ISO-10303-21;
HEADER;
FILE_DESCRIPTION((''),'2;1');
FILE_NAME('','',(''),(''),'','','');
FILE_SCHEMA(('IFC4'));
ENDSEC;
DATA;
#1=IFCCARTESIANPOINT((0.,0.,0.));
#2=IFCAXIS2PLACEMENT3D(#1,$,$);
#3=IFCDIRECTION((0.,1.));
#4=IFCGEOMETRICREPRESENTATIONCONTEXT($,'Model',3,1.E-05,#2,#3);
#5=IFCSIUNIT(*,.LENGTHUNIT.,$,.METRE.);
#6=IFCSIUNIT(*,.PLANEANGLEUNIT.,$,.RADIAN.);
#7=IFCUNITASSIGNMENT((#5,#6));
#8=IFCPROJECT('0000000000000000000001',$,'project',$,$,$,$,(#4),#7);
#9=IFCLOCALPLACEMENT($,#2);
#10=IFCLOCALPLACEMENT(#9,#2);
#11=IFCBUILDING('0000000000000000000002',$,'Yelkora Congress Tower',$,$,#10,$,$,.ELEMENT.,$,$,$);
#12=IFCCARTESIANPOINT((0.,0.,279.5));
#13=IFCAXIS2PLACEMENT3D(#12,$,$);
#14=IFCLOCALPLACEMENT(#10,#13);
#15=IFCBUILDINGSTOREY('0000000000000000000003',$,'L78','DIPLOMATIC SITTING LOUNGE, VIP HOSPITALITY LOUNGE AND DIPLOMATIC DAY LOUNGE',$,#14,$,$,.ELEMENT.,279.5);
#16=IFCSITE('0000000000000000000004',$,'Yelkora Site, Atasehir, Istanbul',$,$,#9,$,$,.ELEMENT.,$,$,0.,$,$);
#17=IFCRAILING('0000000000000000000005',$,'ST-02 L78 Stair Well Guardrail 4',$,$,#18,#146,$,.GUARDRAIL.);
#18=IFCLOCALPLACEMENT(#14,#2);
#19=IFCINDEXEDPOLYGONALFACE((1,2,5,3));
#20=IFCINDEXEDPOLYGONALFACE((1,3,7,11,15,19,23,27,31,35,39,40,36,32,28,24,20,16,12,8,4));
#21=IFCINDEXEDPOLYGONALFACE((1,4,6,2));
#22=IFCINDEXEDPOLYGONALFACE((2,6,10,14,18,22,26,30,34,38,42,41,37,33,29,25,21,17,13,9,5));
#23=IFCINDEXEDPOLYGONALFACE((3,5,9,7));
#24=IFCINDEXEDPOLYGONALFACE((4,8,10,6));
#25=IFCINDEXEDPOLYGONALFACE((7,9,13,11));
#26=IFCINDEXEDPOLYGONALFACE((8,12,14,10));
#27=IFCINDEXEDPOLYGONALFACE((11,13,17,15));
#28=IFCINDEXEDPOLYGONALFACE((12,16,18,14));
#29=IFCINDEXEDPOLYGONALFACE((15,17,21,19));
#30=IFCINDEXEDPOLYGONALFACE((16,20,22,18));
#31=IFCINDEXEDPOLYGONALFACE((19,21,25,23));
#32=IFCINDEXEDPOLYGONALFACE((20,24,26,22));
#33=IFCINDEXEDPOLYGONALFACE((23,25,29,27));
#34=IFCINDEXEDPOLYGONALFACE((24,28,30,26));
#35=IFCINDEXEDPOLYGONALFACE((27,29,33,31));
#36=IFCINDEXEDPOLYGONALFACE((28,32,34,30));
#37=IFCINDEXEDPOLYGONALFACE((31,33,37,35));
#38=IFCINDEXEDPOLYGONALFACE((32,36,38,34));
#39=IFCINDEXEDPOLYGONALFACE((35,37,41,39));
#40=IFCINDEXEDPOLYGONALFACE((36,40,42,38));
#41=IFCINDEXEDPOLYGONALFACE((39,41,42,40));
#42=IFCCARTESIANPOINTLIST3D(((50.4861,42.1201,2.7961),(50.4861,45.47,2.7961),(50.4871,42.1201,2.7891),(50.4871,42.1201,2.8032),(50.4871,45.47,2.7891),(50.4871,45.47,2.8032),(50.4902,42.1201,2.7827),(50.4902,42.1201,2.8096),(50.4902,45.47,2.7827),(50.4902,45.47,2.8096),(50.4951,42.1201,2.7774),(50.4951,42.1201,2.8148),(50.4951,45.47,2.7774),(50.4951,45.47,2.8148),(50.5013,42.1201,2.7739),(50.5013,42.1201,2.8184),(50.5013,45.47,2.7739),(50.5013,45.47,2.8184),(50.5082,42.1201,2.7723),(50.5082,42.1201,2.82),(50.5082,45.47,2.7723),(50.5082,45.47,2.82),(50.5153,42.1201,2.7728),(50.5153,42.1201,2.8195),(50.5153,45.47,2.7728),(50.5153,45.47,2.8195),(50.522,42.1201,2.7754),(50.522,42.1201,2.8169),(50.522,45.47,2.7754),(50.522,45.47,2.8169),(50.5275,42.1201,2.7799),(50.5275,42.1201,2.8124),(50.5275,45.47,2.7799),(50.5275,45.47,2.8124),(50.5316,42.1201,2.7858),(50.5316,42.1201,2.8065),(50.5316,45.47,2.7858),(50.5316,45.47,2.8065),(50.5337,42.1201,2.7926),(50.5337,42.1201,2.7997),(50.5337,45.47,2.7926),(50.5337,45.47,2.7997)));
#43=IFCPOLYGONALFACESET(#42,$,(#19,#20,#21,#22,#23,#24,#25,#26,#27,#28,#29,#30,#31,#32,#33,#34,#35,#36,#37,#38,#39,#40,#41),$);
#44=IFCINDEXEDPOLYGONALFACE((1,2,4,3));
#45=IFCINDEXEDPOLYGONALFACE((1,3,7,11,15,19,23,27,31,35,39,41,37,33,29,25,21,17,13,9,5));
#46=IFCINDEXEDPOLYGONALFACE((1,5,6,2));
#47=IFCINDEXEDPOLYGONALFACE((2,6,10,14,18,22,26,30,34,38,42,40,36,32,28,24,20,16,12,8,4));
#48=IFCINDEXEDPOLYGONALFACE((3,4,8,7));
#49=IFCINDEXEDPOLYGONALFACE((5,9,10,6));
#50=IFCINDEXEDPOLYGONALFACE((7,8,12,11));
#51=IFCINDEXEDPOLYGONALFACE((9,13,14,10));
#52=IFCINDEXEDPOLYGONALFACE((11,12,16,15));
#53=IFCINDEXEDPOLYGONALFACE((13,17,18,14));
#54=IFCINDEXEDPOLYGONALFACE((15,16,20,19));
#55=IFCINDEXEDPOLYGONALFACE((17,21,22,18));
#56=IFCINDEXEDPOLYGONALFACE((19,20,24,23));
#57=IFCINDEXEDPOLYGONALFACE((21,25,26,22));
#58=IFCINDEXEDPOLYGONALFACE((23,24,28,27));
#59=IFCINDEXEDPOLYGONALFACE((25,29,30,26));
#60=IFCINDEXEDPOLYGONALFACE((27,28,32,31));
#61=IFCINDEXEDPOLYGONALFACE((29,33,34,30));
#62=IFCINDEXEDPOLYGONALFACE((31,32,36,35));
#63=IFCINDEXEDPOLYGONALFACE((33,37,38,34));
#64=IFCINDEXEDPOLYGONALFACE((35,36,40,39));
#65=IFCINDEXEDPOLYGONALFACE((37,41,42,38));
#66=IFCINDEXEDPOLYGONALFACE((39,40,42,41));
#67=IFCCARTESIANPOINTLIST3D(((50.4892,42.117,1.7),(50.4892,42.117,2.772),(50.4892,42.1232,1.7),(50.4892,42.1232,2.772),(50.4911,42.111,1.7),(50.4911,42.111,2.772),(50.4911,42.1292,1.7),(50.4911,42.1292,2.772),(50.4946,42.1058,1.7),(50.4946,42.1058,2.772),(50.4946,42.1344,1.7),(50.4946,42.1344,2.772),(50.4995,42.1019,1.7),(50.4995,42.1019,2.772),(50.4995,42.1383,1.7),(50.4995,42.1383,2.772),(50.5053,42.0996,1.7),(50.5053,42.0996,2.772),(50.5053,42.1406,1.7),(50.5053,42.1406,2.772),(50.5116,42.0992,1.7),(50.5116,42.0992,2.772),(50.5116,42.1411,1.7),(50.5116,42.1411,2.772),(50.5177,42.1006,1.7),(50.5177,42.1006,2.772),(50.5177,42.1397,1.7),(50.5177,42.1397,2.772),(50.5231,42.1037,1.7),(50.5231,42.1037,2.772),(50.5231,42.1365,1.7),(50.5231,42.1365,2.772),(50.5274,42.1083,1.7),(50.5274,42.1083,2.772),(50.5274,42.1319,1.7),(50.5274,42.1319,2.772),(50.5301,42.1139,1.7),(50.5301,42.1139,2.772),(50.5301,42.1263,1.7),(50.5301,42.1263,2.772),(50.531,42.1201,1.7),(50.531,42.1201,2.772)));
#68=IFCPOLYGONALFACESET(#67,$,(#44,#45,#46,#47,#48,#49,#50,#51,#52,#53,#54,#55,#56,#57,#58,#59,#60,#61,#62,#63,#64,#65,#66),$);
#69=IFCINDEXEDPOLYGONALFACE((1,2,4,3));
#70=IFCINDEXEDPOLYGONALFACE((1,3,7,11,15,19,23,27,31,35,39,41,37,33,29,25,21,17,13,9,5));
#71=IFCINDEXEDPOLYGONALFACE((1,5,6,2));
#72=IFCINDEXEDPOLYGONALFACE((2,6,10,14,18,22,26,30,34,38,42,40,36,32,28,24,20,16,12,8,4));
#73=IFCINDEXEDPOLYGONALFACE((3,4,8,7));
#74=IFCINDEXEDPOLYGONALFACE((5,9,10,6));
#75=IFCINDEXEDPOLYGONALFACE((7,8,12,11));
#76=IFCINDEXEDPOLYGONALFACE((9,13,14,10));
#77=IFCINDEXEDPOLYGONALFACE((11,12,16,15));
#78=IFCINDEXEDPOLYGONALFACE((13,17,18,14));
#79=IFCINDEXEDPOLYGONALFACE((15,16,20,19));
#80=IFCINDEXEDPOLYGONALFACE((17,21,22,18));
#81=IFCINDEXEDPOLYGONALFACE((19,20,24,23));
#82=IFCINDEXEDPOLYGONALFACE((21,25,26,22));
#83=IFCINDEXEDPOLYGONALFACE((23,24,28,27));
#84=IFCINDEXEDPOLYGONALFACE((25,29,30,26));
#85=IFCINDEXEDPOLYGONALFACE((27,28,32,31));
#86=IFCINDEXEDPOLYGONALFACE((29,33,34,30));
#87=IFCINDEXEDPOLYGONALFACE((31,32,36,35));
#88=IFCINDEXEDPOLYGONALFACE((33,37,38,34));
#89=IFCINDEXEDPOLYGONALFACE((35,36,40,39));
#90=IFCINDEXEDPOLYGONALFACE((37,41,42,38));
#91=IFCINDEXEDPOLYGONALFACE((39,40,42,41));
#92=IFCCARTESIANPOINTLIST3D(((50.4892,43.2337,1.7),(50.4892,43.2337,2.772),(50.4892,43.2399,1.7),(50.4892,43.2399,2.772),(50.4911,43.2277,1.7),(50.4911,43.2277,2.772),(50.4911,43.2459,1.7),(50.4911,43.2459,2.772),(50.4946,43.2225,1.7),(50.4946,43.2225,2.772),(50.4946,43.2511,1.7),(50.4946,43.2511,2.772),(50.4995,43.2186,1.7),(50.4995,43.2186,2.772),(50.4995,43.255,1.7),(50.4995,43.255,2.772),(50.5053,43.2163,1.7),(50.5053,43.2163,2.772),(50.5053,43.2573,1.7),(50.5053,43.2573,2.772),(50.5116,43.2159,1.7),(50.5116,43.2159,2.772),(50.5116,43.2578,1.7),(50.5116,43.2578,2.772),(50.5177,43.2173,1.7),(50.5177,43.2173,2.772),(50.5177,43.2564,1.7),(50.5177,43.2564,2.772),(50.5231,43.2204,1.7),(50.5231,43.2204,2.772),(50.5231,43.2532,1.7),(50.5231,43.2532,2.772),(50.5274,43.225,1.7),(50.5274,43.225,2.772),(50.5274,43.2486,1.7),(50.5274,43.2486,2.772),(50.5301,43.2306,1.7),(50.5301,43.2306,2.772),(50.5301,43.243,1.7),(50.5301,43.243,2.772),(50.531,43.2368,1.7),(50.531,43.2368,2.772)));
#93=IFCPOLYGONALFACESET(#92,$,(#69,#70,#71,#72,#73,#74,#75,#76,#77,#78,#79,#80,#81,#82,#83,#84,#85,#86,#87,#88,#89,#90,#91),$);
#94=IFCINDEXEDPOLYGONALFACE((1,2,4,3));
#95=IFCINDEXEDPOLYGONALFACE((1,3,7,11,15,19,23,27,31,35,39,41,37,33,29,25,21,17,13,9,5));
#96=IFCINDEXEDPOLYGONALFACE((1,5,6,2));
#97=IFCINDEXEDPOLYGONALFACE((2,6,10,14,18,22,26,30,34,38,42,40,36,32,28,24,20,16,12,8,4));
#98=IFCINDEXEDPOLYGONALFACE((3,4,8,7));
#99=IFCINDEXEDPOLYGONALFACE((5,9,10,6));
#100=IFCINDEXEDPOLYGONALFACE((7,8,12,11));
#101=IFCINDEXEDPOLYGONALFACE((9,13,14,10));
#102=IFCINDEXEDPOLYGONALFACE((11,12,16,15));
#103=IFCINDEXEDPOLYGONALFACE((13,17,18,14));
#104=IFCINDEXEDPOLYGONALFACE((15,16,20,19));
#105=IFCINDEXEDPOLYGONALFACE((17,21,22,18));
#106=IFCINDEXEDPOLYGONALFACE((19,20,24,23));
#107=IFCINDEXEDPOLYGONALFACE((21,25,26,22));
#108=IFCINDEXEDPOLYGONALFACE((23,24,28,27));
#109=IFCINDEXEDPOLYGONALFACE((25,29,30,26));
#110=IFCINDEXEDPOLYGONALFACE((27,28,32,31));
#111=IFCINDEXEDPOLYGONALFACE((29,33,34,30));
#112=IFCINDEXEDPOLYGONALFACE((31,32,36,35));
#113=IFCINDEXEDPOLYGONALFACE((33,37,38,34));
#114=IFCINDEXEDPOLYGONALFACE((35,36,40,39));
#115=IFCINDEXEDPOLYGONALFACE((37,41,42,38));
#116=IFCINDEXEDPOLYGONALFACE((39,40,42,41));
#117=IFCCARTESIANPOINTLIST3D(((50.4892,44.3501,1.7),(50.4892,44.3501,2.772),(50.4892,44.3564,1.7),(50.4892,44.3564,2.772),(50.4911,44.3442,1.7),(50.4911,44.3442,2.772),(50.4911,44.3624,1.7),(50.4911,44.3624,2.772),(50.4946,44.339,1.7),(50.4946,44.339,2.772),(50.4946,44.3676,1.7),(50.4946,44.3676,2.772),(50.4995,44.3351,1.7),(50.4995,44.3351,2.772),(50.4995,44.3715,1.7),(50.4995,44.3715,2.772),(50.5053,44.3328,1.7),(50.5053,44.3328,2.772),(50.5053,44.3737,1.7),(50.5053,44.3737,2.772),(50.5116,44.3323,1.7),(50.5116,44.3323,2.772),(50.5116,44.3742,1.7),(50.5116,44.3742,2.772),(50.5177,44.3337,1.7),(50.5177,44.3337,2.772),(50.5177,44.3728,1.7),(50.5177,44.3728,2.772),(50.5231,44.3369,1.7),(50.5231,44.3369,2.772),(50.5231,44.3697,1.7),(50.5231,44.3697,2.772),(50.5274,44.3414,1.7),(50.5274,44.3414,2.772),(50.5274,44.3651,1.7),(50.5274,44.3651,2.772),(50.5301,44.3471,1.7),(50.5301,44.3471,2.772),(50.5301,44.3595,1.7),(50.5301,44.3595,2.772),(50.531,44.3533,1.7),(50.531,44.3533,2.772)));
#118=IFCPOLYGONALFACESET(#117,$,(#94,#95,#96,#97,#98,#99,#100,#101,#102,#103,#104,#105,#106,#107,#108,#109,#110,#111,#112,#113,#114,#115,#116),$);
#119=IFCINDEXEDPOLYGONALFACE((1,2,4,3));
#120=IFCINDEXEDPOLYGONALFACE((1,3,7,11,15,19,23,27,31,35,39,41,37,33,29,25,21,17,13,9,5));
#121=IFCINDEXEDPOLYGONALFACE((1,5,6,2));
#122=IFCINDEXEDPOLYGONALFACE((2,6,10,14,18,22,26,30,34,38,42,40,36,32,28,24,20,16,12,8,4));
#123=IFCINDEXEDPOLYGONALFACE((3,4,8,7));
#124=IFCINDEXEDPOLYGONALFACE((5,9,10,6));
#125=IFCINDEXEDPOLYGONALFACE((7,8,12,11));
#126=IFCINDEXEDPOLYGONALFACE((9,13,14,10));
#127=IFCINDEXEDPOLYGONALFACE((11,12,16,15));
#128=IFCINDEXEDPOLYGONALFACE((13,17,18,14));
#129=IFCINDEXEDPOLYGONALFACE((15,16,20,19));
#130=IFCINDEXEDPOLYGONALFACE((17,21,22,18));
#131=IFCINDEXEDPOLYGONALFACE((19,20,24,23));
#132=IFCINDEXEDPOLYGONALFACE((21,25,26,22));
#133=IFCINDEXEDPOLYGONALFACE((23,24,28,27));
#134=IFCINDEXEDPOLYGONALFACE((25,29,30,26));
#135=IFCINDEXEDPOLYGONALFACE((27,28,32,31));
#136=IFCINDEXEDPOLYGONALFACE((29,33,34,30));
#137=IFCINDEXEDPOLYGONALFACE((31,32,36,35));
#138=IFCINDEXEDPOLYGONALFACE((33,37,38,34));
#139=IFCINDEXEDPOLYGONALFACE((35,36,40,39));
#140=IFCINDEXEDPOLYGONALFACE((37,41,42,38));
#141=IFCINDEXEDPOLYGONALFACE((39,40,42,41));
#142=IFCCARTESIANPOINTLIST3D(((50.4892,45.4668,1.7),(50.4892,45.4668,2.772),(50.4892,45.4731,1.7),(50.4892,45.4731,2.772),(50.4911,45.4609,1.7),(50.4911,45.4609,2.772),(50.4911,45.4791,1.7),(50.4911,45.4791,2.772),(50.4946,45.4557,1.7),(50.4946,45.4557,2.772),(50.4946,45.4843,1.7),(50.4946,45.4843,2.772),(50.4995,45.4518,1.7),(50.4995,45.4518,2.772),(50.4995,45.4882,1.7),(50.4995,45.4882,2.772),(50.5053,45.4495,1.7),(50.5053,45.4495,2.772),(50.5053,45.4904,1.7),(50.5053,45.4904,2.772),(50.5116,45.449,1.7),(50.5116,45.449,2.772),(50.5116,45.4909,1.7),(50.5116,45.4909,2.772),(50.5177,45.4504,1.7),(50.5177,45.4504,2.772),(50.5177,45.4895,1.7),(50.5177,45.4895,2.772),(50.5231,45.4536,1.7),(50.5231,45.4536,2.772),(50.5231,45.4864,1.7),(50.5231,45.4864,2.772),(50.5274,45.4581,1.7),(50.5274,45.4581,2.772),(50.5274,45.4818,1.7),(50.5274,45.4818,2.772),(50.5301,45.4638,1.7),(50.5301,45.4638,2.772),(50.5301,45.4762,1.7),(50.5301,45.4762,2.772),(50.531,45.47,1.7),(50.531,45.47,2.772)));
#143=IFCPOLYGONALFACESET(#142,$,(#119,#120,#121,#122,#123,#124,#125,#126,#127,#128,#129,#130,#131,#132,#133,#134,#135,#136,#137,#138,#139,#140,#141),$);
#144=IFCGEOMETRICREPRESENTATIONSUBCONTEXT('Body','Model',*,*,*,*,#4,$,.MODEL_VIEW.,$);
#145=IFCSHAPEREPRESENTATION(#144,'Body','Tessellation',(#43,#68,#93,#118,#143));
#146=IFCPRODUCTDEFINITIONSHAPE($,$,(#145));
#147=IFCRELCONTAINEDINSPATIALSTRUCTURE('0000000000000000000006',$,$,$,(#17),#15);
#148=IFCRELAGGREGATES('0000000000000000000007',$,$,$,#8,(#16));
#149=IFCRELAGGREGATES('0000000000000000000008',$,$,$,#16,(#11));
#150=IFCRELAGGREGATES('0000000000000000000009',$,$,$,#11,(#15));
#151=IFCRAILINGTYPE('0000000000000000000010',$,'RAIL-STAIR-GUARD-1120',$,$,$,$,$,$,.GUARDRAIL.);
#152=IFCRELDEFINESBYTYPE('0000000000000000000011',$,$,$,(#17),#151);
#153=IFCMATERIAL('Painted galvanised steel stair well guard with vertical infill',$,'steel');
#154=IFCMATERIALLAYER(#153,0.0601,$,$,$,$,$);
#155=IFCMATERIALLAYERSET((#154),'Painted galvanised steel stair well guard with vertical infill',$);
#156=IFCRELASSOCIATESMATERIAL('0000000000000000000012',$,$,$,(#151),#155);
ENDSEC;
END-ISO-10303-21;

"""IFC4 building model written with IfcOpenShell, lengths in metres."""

from ifc_helpers import new_model, si_unit, direction, frame, origin, origin_2d, place, context, subcontext, project, spatial, circle, extrude, material, layer, layer_set, type_object, element, save


model = new_model("IFC4")

# Units and contexts
model_context = context("Model", 3, precision=1e-05, world=origin(), true_north=direction((0.0, 1.0)))
body_context = subcontext(model_context, "Body", "Model", "MODEL_VIEW")
ifc_project = project(units=[si_unit("LENGTHUNIT", "METRE"), si_unit("PLANEANGLEUNIT", "RADIAN")], contexts=[model_context])

# Site, building, storey
site_placement = place(None, origin())
site = spatial("IfcSite", under=ifc_project, at=site_placement, Name="Yelkora Site, Atasehir, Istanbul", CompositionType="ELEMENT", RefElevation=0.0)
building_placement = place(site_placement, origin())
building = spatial("IfcBuilding", under=site, at=building_placement, Name="Yelkora Congress Tower", CompositionType="ELEMENT")
storey_placement = place(building_placement, frame((0.0, 0.0, 279.5)))
storey = spatial("IfcBuildingStorey", under=building, at=storey_placement, Name="L78", Description="DIPLOMATIC SITTING LOUNGE, VIP HOSPITALITY LOUNGE AND DIPLOMATIC DAY LOUNGE", CompositionType="ELEMENT", Elevation=279.5)

# Railing
ifc_material_1 = material(Name="Painted galvanised steel stair well guard with vertical infill", Category="steel")
ifc_layer_1 = layer(ifc_material_1, 0.0601)
ifc_layer_set_1 = layer_set([ifc_layer_1], Name="Painted galvanised steel stair well guard with vertical infill")
railing_type_1 = type_object("IfcRailingType", Name="RAIL-STAIR-GUARD-1120", PredefinedType="GUARDRAIL", material=ifc_layer_set_1)
railing_1_placement = place(storey_placement, frame((50.51, 42.1201, 1.7)))
element("IfcRailing", 1, at=railing_1_placement, inside=storey, type_object=railing_type_1, Name="ST-02 L78 Stair Well Guardrail 4", PredefinedType="GUARDRAIL", context=body_context, shape_type="SweptSolid", body=[
    extrude(circle(Radius=0.0239, at=origin_2d()), frame((0.0, 0.0, 1.0962), z_axis=(0.0, 1.0, 0.0), x_axis=(-1.0, 0.0, 0.0)), (0.0, 0.0, 1.0), 3.3499),
    extrude(circle(Radius=0.021, at=origin_2d()), origin(), (0.0, 0.0, 1.0), 1.072),
    extrude(circle(Radius=0.021, at=origin_2d()), frame((0.0, 1.1167, 0.0)), (0.0, 0.0, 1.0), 1.072),
    extrude(circle(Radius=0.021, at=origin_2d()), frame((0.0, 2.2332, 0.0)), (0.0, 0.0, 1.0), 1.072),
    extrude(circle(Radius=0.021, at=origin_2d()), frame((0.0, 3.3499, 0.0)), (0.0, 0.0, 1.0), 1.072),
])

save(model, "model.ifc")
